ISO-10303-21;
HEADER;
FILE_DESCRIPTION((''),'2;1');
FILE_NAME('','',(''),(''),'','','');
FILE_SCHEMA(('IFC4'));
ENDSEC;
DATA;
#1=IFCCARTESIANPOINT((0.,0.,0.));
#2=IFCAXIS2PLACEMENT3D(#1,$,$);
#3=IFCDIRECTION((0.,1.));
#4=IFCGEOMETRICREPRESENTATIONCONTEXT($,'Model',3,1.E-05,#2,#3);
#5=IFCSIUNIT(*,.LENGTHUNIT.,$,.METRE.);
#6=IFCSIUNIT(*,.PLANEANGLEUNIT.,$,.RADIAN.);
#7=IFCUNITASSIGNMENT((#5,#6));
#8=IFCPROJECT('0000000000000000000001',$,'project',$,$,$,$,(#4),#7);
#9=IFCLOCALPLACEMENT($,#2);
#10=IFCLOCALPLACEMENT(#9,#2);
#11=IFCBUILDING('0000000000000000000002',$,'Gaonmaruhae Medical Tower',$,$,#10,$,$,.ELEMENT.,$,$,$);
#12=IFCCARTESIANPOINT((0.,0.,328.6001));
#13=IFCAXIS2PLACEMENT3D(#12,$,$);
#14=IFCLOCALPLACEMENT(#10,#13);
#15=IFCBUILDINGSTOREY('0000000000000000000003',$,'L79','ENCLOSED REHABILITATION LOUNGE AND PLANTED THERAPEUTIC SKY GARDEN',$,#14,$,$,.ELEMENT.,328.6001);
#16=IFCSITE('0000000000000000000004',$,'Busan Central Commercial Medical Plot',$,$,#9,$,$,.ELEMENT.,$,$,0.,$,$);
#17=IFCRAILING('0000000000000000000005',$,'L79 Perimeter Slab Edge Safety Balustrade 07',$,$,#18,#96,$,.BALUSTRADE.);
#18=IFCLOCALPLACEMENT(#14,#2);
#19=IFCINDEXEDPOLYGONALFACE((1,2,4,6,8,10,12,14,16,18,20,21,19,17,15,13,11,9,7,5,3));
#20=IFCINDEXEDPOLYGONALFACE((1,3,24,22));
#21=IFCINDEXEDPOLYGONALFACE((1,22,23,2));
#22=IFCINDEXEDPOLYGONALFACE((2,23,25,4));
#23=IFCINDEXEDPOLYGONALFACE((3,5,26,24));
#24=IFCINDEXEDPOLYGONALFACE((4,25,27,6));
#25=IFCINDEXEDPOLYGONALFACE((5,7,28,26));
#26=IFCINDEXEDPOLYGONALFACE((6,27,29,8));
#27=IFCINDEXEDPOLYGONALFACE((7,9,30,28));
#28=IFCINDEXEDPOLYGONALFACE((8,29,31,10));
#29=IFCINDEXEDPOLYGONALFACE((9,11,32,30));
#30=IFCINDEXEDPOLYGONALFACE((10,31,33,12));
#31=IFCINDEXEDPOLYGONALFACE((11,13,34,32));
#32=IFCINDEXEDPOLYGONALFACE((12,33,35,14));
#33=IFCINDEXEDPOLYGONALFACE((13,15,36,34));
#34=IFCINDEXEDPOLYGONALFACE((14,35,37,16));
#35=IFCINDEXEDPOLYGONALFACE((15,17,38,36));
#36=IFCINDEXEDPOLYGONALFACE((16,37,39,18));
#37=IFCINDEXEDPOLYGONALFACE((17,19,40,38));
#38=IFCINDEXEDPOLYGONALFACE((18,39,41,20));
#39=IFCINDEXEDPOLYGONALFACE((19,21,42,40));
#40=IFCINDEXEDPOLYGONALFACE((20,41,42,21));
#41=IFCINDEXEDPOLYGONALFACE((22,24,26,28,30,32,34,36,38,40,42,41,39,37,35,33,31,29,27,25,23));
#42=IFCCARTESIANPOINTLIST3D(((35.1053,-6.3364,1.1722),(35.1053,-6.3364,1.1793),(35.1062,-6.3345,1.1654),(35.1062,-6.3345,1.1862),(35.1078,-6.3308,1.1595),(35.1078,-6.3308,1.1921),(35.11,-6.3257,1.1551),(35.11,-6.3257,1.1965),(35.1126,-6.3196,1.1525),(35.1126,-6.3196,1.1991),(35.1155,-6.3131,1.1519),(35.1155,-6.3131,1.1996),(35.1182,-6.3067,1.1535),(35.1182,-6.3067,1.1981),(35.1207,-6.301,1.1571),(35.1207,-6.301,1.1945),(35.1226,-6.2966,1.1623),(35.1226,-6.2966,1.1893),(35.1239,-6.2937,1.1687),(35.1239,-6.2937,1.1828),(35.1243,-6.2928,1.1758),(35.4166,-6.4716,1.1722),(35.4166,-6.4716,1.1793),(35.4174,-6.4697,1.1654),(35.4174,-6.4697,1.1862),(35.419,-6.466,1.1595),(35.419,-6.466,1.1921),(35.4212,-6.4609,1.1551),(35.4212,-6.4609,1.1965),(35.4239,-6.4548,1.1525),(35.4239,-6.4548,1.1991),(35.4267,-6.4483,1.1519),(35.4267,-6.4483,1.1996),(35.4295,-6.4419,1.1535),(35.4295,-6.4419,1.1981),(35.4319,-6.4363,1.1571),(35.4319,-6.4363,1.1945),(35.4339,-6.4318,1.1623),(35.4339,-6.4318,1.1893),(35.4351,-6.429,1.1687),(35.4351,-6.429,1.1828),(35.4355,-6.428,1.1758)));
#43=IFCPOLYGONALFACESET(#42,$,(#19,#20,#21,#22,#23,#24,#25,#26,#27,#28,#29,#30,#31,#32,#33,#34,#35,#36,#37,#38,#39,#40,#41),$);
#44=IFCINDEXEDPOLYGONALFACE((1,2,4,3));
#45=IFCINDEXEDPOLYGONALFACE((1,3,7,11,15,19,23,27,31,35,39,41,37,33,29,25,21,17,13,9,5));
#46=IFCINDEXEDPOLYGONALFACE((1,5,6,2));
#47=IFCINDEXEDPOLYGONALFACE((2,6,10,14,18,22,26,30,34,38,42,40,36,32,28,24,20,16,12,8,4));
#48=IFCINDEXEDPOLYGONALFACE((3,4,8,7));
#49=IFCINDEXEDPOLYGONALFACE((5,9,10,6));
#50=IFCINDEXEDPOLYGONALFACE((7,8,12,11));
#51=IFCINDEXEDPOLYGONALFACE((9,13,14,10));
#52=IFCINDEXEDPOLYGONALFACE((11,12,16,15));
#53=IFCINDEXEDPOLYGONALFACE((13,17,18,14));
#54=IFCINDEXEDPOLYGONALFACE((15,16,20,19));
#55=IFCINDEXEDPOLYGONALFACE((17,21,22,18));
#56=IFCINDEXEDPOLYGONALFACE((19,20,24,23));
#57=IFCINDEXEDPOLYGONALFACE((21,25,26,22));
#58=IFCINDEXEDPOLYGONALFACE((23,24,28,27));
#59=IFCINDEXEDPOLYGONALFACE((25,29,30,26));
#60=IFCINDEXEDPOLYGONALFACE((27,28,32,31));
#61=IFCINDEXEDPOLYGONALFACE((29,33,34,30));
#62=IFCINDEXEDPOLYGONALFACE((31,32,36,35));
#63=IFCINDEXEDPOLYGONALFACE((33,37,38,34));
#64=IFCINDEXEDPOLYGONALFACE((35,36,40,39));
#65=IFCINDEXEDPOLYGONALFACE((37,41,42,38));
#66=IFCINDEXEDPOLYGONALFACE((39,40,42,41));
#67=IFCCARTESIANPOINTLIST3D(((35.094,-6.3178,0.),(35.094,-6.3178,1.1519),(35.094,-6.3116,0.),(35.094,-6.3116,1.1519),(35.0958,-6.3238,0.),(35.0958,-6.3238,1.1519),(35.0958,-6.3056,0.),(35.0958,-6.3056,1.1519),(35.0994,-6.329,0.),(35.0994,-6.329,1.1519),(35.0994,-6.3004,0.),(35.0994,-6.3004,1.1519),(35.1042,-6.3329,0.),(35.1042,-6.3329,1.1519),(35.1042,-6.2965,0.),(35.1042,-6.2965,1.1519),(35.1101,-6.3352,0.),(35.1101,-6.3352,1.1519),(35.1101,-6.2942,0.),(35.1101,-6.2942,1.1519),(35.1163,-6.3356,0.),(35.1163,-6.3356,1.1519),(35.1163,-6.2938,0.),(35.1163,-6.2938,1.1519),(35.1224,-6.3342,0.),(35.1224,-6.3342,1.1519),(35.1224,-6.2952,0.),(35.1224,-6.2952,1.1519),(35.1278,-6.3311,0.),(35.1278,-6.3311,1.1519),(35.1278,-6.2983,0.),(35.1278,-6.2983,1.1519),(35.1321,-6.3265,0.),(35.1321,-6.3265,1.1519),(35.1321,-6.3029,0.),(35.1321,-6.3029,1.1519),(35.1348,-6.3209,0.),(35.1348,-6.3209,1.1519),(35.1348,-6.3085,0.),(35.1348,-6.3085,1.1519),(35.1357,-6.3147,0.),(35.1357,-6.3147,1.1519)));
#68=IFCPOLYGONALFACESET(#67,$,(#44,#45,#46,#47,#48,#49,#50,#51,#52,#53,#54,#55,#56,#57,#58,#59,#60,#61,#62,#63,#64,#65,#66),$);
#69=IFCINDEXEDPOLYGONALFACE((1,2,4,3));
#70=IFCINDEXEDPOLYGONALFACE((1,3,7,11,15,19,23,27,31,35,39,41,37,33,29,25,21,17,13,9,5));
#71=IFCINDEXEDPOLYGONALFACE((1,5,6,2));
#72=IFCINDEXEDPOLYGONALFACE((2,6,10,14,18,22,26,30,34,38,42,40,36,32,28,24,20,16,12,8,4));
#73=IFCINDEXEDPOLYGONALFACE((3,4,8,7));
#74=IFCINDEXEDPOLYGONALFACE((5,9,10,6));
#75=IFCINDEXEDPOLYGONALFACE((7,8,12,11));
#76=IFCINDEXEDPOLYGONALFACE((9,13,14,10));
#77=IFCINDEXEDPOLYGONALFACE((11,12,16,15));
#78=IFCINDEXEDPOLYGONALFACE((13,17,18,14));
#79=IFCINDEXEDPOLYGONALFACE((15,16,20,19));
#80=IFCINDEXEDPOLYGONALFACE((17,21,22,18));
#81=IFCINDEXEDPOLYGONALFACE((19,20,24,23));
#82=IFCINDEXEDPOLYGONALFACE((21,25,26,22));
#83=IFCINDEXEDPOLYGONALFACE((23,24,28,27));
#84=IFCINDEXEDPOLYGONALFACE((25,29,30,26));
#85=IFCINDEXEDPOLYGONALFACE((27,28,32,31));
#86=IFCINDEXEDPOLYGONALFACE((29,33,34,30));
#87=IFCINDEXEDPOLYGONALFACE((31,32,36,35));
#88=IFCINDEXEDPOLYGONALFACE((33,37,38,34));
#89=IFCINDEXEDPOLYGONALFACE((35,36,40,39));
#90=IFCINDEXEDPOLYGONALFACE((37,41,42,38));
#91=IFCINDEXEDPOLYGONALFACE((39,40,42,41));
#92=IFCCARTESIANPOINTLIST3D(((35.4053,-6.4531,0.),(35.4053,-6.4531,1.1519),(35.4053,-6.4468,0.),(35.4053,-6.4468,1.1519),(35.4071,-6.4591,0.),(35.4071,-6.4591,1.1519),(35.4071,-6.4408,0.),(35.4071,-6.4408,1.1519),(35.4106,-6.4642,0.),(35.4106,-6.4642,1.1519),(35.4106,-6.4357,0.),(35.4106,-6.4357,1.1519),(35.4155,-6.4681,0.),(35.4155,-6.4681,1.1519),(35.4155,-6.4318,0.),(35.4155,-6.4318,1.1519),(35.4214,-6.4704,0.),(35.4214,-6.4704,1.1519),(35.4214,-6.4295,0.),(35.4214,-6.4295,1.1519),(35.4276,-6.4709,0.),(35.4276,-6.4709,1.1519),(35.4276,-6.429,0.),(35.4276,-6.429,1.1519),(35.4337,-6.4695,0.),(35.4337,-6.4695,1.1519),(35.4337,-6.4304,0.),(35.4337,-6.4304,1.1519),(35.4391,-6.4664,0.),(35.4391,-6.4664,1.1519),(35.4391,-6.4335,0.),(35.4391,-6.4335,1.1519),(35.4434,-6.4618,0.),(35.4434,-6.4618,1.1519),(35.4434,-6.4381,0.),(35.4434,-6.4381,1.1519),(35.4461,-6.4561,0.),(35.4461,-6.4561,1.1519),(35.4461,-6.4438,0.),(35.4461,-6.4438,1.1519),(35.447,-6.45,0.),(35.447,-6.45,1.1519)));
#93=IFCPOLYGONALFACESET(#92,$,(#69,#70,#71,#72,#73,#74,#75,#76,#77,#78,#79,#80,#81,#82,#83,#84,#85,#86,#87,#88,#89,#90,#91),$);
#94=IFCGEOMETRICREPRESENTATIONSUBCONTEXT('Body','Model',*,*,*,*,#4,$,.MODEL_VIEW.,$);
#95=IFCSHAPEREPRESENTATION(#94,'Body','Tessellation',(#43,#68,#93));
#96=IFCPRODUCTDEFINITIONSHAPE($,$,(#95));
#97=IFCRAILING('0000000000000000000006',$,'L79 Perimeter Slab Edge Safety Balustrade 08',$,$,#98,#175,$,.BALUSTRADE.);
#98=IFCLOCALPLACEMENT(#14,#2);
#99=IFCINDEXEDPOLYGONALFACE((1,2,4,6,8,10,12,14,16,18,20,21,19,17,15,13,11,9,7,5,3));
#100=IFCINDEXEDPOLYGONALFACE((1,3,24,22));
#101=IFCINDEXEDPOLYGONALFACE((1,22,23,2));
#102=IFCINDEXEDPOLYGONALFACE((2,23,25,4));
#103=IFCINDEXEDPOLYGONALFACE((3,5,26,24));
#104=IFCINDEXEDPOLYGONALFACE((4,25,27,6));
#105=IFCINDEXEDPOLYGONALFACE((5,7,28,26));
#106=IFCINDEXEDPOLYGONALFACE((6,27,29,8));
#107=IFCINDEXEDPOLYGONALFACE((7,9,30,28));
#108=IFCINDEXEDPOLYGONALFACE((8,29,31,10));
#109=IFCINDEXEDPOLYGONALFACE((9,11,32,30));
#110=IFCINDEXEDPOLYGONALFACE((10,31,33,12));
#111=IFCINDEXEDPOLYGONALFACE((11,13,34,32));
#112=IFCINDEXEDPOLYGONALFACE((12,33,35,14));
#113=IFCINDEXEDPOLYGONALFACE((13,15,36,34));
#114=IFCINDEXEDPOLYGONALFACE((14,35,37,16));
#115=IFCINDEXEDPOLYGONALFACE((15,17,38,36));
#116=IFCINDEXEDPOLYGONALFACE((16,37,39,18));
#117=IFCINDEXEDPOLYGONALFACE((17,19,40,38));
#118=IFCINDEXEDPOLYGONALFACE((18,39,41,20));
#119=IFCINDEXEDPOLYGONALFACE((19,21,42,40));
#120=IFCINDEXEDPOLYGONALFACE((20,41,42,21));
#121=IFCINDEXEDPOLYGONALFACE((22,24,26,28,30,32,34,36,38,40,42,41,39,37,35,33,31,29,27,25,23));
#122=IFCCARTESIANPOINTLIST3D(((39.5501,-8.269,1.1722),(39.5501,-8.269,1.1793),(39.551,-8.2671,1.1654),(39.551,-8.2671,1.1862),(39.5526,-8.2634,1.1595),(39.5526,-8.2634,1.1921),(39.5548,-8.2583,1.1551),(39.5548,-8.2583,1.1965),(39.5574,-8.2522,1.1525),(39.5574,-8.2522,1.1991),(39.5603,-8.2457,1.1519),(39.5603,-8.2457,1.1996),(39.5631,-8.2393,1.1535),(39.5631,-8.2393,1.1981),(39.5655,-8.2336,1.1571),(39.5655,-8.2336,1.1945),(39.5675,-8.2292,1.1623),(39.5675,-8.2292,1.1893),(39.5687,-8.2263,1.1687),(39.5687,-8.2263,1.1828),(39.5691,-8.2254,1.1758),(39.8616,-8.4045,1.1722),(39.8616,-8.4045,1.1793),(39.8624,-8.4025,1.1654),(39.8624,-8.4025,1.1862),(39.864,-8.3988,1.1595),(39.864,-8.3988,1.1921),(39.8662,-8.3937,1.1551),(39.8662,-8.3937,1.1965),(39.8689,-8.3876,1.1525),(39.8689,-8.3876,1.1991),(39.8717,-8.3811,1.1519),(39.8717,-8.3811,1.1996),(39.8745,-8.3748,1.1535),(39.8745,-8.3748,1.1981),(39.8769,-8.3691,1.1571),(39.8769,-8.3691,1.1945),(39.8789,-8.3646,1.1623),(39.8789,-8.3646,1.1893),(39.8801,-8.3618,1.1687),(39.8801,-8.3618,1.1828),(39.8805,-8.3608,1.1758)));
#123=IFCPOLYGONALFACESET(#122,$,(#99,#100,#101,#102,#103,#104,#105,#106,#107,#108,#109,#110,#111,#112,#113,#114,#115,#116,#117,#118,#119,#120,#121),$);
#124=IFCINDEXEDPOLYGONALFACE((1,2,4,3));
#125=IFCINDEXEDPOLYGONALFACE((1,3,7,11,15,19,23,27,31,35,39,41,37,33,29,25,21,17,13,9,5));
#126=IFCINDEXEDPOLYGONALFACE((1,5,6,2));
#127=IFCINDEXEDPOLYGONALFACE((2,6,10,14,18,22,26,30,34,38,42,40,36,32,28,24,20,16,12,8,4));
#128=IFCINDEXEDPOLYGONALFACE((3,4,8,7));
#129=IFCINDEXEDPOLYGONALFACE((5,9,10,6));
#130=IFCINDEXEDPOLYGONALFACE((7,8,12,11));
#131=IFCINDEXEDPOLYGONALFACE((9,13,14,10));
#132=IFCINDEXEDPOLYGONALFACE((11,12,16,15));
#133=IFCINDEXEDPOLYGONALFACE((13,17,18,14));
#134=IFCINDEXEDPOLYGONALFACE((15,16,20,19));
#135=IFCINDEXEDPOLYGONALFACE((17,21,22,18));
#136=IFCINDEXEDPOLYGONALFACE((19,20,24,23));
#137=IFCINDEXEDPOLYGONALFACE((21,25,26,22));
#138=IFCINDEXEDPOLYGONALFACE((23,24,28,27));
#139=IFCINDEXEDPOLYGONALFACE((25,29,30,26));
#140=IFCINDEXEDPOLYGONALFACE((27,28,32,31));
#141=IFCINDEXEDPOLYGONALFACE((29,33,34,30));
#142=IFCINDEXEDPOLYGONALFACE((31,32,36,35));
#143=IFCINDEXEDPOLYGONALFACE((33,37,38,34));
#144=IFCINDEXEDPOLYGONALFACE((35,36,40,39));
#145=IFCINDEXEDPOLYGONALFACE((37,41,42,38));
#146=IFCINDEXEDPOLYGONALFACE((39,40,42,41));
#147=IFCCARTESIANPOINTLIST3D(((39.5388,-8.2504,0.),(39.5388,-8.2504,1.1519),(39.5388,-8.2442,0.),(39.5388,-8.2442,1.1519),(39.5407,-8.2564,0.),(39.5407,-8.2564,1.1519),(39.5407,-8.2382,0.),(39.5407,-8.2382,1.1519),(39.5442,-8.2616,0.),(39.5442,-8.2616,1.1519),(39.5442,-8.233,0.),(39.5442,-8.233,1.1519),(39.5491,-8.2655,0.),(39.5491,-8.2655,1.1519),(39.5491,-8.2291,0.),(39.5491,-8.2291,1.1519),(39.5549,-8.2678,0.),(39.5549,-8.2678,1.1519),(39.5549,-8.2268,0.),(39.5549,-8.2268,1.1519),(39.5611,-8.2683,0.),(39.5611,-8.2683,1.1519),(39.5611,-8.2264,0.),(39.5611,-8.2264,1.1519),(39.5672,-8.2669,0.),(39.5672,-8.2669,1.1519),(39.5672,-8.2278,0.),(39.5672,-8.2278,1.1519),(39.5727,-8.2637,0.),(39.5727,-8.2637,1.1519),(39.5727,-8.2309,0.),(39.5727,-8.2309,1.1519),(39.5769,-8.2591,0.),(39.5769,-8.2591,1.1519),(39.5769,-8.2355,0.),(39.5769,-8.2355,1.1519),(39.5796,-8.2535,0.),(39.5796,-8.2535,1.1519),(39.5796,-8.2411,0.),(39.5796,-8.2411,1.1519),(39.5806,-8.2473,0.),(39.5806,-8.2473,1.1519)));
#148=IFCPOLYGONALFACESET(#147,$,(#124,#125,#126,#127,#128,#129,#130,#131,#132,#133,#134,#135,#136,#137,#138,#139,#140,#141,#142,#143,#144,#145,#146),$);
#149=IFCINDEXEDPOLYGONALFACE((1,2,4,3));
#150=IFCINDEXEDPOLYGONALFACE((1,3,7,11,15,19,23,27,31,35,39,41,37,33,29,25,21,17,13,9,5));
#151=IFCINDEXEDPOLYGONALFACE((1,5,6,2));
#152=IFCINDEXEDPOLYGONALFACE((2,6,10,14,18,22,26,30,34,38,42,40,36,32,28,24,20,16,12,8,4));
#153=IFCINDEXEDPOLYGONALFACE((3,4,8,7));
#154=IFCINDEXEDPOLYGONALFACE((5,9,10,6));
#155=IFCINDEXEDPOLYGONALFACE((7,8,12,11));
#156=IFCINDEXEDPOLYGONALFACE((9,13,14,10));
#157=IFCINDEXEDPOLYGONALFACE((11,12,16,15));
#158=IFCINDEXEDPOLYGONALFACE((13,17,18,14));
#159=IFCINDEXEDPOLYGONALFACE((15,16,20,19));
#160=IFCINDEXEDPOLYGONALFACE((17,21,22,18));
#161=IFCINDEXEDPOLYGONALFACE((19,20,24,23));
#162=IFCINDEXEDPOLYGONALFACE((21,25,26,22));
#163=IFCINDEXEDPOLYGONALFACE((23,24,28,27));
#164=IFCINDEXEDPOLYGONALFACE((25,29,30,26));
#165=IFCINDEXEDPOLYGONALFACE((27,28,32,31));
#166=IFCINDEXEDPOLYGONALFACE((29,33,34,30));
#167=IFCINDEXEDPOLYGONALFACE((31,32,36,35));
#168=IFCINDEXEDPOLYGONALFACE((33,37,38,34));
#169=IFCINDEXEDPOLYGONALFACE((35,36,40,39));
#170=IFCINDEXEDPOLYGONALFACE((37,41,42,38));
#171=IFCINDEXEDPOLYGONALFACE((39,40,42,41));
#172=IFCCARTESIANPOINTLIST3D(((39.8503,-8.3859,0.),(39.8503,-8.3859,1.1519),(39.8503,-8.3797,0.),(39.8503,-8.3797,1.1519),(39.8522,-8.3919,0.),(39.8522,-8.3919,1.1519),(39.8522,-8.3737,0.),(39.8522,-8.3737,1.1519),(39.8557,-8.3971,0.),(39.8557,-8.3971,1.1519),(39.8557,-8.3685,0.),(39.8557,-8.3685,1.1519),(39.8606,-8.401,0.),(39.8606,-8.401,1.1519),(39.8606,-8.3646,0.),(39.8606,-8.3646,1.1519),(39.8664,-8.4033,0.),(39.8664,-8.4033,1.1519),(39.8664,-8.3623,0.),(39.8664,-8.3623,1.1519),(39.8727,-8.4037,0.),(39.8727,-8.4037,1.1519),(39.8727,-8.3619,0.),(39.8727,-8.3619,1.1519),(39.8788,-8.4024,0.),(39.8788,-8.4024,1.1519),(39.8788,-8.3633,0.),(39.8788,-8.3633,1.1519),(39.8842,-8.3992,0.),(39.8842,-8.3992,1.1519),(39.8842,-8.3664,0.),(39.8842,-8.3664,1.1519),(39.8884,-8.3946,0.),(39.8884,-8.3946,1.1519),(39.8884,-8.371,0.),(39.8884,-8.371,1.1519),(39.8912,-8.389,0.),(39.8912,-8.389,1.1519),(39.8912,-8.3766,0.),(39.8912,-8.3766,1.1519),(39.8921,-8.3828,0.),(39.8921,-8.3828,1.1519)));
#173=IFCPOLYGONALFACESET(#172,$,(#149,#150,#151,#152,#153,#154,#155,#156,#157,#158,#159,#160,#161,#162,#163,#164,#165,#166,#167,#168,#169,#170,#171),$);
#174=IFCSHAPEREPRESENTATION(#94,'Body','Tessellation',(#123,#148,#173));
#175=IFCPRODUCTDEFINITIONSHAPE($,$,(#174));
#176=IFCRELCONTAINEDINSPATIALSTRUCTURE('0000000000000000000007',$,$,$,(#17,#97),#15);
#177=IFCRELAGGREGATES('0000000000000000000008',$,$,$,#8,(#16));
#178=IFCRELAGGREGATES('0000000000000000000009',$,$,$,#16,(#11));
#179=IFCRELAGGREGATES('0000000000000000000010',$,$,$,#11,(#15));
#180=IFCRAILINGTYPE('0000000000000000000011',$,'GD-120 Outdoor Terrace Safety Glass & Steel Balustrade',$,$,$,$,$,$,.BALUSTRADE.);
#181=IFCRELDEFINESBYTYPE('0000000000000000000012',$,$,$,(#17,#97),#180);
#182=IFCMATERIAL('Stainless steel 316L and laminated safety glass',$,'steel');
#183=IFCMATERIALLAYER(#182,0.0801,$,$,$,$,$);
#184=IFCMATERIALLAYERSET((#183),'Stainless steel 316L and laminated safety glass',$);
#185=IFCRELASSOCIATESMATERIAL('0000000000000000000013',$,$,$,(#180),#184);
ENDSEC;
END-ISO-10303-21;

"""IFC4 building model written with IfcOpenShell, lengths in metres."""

from ifc_helpers import new_model, si_unit, direction, frame, origin, origin_2d, place, context, subcontext, project, spatial, circle, extrude, material, layer, layer_set, type_object, element, save


model = new_model("IFC4")

# Units and contexts
model_context = context("Model", 3, precision=1e-05, world=origin(), true_north=direction((0.0, 1.0)))
body_context = subcontext(model_context, "Body", "Model", "MODEL_VIEW")
ifc_project = project(units=[si_unit("LENGTHUNIT", "METRE"), si_unit("PLANEANGLEUNIT", "RADIAN")], contexts=[model_context])

# Site, building, storey
site_placement = place(None, origin())
site = spatial("IfcSite", under=ifc_project, at=site_placement, Name="Busan Central Commercial Medical Plot", CompositionType="ELEMENT", RefElevation=0.0)
building_placement = place(site_placement, origin())
building = spatial("IfcBuilding", under=site, at=building_placement, Name="Gaonmaruhae Medical Tower", CompositionType="ELEMENT")
storey_placement = place(building_placement, frame((0.0, 0.0, 328.6001)))
storey = spatial("IfcBuildingStorey", under=building, at=storey_placement, Name="L79", Description="ENCLOSED REHABILITATION LOUNGE AND PLANTED THERAPEUTIC SKY GARDEN", CompositionType="ELEMENT", Elevation=328.6001)

# Railings
ifc_material_1 = material(Name="Stainless steel 316L and laminated safety glass", Category="steel")
ifc_layer_1 = layer(ifc_material_1, 0.0801)
ifc_layer_set_1 = layer_set([ifc_layer_1], Name="Stainless steel 316L and laminated safety glass")
railing_type = type_object("IfcRailingType", Name="GD-120 Outdoor Terrace Safety Glass & Steel Balustrade", PredefinedType="BALUSTRADE", material=ifc_layer_set_1)
railing_1_placement = place(storey_placement, frame((35.1147, -6.3147, 0.0)))
element("IfcRailing", 1, at=railing_1_placement, inside=storey, type_object=railing_type, Name="L79 Perimeter Slab Edge Safety Balustrade 07", PredefinedType="BALUSTRADE", context=body_context, shape_type="SweptSolid", body=[
    extrude(circle(Radius=0.0239, at=origin_2d()), frame((0.0, 0.0, 1.1758), z_axis=(0.917162, -0.398516, 0.0), x_axis=(0.398516, 0.917162, 0.0)), (0.0, 0.0, 1.0), 0.3394),
    extrude(circle(Radius=0.021, at=origin_2d()), origin(), (0.0, 0.0, 1.0), 1.1519),
    extrude(circle(Radius=0.021, at=origin_2d()), frame((0.3113, -0.1353, 0.0)), (0.0, 0.0, 1.0), 1.1519),
])
railing_2_placement = place(storey_placement, frame((39.5596, -8.2473, 0.0)))
element("IfcRailing", 2, at=railing_2_placement, inside=storey, type_object=railing_type, Name="L79 Perimeter Slab Edge Safety Balustrade 08", PredefinedType="BALUSTRADE", context=body_context, shape_type="SweptSolid", body=[
    extrude(circle(Radius=0.0239, at=origin_2d()), frame((0.0, 0.0, 1.1758), z_axis=(0.917013, -0.398858, 0.0), x_axis=(0.398858, 0.917013, 0.0)), (0.0, 0.0, 1.0), 0.3396),
    extrude(circle(Radius=0.021, at=origin_2d()), origin(), (0.0, 0.0, 1.0), 1.1519),
    extrude(circle(Radius=0.021, at=origin_2d()), frame((0.3115, -0.1355, 0.0)), (0.0, 0.0, 1.0), 1.1519),
])

save(model, "model.ifc")
